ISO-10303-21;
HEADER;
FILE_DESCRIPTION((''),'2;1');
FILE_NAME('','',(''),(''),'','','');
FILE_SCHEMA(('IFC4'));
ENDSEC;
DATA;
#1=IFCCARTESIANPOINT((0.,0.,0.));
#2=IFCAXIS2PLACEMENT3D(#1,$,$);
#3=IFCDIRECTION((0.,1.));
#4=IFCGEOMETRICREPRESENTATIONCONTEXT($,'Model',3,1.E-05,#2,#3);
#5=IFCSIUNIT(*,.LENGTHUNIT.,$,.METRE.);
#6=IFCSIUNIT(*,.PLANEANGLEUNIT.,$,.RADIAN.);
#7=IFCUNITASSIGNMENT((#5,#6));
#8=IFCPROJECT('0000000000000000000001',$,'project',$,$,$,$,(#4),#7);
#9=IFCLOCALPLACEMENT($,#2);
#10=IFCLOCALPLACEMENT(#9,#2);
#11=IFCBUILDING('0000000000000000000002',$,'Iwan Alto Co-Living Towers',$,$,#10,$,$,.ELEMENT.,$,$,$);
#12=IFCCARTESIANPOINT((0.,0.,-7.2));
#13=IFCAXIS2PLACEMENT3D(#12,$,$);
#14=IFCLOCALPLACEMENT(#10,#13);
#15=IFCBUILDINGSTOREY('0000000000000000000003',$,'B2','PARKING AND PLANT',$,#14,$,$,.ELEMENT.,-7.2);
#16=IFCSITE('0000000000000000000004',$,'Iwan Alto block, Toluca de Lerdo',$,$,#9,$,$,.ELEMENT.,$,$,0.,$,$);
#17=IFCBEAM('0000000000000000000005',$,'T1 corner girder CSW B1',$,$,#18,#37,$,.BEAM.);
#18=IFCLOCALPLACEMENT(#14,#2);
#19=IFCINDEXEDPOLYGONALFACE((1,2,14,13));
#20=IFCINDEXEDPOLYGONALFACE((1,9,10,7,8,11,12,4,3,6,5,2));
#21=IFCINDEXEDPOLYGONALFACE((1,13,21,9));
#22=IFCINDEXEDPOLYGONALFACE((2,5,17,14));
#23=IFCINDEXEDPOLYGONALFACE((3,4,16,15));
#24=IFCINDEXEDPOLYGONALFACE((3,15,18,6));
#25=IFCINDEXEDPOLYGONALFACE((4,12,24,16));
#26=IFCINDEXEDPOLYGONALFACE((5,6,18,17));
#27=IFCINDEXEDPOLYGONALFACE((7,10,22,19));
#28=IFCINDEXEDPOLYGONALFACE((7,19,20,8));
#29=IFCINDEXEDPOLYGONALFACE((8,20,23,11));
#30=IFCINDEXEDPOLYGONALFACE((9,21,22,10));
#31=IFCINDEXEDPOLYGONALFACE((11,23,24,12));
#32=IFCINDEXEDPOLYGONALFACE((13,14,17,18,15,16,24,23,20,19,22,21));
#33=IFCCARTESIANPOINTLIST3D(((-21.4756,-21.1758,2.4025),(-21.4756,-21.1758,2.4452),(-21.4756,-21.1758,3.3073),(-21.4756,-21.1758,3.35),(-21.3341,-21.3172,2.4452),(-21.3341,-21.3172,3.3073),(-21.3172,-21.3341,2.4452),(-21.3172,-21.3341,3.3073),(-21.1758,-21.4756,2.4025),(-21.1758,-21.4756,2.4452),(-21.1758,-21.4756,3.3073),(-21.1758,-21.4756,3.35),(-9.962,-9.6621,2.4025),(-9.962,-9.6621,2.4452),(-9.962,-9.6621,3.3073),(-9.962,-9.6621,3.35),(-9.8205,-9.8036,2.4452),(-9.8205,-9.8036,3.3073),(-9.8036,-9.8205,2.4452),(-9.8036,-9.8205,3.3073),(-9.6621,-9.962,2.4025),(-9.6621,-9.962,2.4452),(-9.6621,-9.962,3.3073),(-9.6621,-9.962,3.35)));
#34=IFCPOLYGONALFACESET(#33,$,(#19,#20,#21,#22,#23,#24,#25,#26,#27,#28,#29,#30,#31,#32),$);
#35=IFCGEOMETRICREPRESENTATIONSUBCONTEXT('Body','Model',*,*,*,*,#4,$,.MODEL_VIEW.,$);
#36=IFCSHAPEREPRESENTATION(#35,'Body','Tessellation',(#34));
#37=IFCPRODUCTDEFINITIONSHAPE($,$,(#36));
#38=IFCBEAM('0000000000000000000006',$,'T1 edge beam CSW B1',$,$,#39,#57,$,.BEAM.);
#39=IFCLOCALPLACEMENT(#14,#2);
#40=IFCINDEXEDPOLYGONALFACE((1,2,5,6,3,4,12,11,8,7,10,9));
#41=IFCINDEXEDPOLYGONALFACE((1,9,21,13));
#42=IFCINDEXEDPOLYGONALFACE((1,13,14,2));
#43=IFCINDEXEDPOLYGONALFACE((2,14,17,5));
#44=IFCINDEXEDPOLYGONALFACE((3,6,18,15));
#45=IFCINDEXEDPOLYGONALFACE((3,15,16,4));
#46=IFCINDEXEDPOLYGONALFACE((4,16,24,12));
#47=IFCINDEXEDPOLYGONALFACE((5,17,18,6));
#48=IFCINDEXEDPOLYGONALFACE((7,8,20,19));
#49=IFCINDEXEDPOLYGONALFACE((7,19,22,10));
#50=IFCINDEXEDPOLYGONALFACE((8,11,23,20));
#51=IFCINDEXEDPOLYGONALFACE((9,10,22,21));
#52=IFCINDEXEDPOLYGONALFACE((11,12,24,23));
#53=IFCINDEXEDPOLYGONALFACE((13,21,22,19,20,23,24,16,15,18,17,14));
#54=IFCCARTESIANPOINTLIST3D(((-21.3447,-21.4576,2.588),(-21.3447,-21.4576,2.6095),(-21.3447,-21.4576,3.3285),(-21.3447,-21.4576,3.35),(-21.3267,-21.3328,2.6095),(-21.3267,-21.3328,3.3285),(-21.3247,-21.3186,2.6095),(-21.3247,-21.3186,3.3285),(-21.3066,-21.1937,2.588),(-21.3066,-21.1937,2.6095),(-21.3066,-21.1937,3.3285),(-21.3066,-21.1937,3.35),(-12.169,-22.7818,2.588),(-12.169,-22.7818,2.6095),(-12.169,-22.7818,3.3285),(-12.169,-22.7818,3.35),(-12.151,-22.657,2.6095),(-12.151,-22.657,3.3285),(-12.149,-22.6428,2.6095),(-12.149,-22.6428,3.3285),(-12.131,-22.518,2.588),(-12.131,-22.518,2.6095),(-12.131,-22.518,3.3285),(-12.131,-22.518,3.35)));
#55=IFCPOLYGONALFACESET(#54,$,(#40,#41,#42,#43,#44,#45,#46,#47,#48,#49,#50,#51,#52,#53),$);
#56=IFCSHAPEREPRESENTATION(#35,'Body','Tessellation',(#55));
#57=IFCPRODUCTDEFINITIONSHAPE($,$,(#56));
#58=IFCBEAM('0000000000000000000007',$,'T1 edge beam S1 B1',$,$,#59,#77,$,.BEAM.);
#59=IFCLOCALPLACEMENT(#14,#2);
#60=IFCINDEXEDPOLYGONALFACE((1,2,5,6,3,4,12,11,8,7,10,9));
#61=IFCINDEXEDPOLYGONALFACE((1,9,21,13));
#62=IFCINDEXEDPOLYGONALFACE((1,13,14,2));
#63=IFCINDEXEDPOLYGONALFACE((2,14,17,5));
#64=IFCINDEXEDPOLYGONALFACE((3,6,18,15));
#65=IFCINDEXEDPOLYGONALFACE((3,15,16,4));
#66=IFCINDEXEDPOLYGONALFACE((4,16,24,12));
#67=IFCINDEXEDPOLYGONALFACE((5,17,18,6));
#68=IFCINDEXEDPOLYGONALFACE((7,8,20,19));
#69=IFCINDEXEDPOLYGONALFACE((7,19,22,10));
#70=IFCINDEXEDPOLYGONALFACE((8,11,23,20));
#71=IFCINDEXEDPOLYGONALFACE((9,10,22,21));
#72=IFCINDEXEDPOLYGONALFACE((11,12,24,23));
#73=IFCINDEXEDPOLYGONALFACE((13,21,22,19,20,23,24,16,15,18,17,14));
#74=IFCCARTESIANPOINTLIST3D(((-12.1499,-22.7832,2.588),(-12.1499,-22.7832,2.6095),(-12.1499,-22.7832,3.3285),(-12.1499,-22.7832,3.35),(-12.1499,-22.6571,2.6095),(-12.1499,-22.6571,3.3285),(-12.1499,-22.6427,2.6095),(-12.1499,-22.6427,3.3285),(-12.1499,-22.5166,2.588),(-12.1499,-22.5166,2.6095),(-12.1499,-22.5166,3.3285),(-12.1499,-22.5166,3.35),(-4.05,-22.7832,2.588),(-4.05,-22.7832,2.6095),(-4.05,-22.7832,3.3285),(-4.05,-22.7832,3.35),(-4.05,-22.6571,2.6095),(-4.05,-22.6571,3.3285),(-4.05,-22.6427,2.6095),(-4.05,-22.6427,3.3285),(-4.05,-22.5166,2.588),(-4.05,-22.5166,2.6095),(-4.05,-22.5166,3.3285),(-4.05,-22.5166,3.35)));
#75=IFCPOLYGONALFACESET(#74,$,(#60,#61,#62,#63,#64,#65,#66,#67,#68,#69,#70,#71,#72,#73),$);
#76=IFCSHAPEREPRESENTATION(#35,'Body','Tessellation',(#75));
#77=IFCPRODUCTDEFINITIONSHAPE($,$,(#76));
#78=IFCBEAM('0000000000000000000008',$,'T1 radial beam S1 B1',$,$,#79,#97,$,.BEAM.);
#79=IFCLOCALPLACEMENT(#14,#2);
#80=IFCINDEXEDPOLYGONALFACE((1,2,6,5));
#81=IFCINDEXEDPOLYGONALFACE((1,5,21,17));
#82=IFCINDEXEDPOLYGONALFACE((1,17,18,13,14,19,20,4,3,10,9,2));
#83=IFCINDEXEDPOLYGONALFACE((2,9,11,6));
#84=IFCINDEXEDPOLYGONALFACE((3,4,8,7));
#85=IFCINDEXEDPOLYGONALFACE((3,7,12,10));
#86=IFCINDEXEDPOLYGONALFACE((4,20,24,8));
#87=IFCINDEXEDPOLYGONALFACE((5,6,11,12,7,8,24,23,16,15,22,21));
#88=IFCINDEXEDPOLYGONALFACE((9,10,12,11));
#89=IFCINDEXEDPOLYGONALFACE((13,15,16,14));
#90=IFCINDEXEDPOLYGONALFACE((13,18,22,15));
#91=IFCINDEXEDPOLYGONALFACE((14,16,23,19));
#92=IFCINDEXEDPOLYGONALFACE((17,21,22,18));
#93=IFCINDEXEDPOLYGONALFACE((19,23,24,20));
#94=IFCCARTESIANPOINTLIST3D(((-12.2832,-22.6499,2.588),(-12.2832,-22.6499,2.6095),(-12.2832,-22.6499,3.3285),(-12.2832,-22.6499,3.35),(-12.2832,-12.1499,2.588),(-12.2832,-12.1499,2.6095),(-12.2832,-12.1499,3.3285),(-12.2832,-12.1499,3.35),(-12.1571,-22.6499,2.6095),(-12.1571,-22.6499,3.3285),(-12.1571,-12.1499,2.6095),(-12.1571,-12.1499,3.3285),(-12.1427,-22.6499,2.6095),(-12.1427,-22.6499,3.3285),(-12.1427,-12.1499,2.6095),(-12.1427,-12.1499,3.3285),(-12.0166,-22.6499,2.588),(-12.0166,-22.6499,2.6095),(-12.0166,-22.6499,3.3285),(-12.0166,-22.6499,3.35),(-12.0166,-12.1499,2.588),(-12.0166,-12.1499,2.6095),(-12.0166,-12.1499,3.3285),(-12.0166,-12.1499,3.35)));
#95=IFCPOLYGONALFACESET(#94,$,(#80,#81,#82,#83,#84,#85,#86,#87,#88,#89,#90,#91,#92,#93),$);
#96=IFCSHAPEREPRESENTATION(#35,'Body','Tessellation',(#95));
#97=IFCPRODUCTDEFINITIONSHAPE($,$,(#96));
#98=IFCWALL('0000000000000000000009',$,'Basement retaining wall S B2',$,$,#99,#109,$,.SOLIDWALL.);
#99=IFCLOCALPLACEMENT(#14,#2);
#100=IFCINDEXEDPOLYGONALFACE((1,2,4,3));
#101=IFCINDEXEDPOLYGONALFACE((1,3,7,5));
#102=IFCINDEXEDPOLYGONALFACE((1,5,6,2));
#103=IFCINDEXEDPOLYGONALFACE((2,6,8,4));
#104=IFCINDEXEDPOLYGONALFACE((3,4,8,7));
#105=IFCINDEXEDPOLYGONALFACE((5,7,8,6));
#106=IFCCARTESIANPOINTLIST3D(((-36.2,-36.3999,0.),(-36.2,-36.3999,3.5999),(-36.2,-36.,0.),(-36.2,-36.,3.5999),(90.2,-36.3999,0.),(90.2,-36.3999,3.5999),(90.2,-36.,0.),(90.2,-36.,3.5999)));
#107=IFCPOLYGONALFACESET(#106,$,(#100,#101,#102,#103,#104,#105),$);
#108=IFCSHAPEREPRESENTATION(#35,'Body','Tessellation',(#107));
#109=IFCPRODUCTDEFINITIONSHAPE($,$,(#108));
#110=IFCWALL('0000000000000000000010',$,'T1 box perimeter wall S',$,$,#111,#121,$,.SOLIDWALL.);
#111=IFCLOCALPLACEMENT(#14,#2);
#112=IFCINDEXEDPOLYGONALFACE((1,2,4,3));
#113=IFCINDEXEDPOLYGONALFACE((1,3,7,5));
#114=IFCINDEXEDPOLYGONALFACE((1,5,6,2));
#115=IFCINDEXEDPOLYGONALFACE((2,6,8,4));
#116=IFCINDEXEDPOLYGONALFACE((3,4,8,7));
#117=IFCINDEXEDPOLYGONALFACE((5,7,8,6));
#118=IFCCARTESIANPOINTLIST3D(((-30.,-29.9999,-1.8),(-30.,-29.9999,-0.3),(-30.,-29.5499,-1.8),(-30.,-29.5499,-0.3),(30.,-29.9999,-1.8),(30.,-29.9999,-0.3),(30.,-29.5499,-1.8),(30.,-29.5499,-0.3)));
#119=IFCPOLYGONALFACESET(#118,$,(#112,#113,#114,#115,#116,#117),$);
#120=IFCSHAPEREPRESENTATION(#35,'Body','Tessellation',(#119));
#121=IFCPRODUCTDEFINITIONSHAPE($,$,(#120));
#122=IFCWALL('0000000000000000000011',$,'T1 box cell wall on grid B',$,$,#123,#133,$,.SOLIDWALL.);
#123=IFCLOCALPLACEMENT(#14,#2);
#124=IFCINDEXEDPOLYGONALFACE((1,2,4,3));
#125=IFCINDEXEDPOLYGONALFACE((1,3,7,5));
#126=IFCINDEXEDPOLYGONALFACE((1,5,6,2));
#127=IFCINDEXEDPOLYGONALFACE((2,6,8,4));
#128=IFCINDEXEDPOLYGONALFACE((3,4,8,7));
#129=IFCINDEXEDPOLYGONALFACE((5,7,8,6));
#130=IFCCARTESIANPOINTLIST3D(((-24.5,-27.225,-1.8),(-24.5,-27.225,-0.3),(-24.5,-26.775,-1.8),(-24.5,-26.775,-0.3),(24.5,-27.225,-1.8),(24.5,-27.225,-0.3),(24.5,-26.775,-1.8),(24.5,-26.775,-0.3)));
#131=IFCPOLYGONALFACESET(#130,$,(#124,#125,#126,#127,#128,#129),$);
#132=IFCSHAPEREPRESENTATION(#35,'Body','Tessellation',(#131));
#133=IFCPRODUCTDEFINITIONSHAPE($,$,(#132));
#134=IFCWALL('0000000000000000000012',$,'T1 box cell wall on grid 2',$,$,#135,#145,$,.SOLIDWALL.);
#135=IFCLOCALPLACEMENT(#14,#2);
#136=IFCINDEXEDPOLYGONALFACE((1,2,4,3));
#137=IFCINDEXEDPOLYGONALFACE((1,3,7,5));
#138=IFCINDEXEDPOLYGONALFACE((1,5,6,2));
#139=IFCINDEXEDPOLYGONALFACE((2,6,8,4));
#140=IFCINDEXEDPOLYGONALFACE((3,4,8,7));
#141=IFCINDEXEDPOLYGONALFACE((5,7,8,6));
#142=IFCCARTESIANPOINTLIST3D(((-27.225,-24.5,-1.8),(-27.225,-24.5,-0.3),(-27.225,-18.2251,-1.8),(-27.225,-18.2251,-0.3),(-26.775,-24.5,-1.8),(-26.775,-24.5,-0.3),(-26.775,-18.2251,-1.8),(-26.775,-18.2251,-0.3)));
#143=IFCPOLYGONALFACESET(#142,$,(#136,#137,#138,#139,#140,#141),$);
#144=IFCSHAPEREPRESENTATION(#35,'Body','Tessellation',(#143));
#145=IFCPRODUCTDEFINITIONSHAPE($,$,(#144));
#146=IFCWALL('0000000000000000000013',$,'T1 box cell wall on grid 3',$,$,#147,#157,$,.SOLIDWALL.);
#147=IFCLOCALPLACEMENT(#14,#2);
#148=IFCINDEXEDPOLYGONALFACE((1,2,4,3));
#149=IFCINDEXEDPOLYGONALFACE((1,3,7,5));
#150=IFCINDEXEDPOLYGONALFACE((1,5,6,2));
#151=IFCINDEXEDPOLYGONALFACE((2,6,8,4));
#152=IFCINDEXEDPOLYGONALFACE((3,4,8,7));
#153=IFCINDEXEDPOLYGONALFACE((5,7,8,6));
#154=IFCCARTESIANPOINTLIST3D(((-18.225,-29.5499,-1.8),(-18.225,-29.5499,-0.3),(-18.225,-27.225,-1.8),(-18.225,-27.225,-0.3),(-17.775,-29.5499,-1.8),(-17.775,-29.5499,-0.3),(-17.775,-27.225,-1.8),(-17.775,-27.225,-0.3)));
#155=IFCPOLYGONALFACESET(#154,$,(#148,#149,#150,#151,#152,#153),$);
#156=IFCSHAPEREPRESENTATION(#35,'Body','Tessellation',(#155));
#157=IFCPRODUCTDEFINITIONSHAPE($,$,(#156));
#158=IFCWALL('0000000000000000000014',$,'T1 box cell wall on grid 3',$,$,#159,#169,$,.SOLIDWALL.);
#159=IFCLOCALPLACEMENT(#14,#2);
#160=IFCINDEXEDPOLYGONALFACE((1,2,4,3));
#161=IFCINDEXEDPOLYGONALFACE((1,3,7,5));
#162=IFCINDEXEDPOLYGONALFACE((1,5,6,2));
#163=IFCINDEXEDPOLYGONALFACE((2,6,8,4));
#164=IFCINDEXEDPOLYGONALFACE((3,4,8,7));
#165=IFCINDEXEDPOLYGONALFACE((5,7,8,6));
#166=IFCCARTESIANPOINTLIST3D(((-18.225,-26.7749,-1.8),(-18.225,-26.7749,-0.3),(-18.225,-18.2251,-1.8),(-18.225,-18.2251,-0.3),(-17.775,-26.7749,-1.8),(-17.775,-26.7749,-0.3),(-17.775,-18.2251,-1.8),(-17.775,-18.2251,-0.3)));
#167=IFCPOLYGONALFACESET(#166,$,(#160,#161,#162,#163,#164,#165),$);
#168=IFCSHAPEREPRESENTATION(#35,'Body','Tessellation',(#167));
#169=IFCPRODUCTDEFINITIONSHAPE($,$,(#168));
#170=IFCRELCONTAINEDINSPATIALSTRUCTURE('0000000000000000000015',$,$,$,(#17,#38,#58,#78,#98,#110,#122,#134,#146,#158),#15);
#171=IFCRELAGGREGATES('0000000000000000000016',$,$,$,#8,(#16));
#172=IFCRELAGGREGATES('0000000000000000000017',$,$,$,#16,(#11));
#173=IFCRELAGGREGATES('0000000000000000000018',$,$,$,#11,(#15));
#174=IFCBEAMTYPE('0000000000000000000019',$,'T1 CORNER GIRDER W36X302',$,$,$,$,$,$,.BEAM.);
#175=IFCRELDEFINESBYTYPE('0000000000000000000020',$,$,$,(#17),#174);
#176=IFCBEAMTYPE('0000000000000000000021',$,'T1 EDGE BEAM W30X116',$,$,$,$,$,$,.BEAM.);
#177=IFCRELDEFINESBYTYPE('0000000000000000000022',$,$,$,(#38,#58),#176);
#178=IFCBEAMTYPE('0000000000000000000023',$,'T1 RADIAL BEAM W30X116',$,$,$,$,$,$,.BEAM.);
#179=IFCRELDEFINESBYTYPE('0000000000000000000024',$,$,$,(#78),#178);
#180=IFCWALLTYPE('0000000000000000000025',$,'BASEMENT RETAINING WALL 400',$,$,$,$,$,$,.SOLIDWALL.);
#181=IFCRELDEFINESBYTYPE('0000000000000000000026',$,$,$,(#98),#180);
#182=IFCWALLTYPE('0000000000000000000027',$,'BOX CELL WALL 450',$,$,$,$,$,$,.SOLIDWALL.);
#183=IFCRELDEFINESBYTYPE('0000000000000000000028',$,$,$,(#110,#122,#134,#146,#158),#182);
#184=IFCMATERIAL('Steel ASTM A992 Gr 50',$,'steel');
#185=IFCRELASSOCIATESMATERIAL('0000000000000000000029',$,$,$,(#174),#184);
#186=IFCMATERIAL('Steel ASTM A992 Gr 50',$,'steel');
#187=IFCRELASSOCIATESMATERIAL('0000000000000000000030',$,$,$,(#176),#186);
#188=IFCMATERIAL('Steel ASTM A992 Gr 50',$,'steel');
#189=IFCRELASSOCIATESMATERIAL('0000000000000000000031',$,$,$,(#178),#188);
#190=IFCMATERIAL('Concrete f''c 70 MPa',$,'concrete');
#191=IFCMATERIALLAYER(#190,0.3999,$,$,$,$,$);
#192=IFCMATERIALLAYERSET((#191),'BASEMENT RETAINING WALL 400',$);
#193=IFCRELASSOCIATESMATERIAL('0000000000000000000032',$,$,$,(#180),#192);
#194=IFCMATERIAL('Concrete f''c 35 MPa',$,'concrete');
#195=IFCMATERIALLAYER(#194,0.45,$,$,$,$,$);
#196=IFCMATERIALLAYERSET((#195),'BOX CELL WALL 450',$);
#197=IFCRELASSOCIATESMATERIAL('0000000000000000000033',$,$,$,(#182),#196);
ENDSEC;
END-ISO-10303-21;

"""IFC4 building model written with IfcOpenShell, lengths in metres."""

from ifc_helpers import new_model, si_unit, direction, frame, frame_2d, origin, origin_2d, place, context, subcontext, project, spatial, rectangle, i_section, extrude, material, layer, layer_set, material_profile, profile_set, type_object, element, save


model = new_model("IFC4")

# Units and contexts
model_context = context("Model", 3, precision=1e-05, world=origin(), true_north=direction((0.0, 1.0)))
body_context = subcontext(model_context, "Body", "Model", "MODEL_VIEW")
ifc_project = project(units=[si_unit("LENGTHUNIT", "METRE"), si_unit("PLANEANGLEUNIT", "RADIAN")], contexts=[model_context])

# Site, building, storey
site_placement = place(None, origin())
site = spatial("IfcSite", under=ifc_project, at=site_placement, Name="Iwan Alto block, Toluca de Lerdo", CompositionType="ELEMENT", RefElevation=0.0)
building_placement = place(site_placement, origin())
building = spatial("IfcBuilding", under=site, at=building_placement, Name="Iwan Alto Co-Living Towers", CompositionType="ELEMENT")
storey_placement = place(building_placement, frame((0.0, 0.0, -7.2)))
storey = spatial("IfcBuildingStorey", under=building, at=storey_placement, Name="B2", Description="PARKING AND PLANT", CompositionType="ELEMENT", Elevation=-7.2)

# Beams
ifc_material_1 = material(Name="Steel ASTM A992 Gr 50", Category="steel")
ifc_material_profile_1 = material_profile(ifc_material_1, i_section(OverallWidth=0.4241, OverallDepth=0.9475, WebThickness=0.0239, FlangeThickness=0.0427, at=origin_2d()), Name="W36X302")
ifc_profile_set_1 = profile_set([ifc_material_profile_1], Name="Steel ASTM A992 Gr 50")
beam_type_1 = type_object("IfcBeamType", Name="T1 CORNER GIRDER W36X302", PredefinedType="BEAM", material=ifc_profile_set_1)
beam_1_placement = place(storey_placement, frame((-21.3257, -21.3257, 2.8762), z_axis=(0.707107, 0.707107, 0.0), x_axis=(-0.707107, 0.707107, 0.0)))
element("IfcBeam", 1, at=beam_1_placement, inside=storey, type_object=beam_type_1, Name="T1 corner girder CSW B1", PredefinedType="BEAM", context=body_context, shape_type="SweptSolid", body=[
    extrude(i_section(OverallWidth=0.4241, OverallDepth=0.9475, WebThickness=0.0239, FlangeThickness=0.0427, at=origin_2d()), origin(), (0.0, 0.0, 1.0), 16.2827),
])
ifc_material_2 = material(Name="Steel ASTM A992 Gr 50", Category="steel")
ifc_material_profile_2 = material_profile(ifc_material_2, i_section(OverallWidth=0.2666, OverallDepth=0.762, WebThickness=0.0144, FlangeThickness=0.0215, at=origin_2d()), Name="W30X116")
ifc_profile_set_2 = profile_set([ifc_material_profile_2], Name="Steel ASTM A992 Gr 50")
beam_type_2 = type_object("IfcBeamType", Name="T1 EDGE BEAM W30X116", PredefinedType="BEAM", material=ifc_profile_set_2)
beam_2_placement = place(storey_placement, frame((-21.3257, -21.3257, 2.969), z_axis=(0.989746, -0.142837, 0.0), x_axis=(0.142837, 0.989746, 0.0)))
element("IfcBeam", 2, at=beam_2_placement, inside=storey, type_object=beam_type_2, Name="T1 edge beam CSW B1", PredefinedType="BEAM", context=body_context, shape_type="SweptSolid", body=[
    extrude(i_section(OverallWidth=0.2666, OverallDepth=0.762, WebThickness=0.0144, FlangeThickness=0.0215, at=origin_2d()), origin(), (0.0, 0.0, 1.0), 9.2708),
])
beam_3_placement = place(storey_placement, frame((-12.1499, -22.6499, 2.969), z_axis=(1.0, 0.0, 0.0), x_axis=(0.0, 1.0, 0.0)))
element("IfcBeam", 3, at=beam_3_placement, inside=storey, type_object=beam_type_2, Name="T1 edge beam S1 B1", PredefinedType="BEAM", context=body_context, shape_type="SweptSolid", body=[
    extrude(i_section(OverallWidth=0.2666, OverallDepth=0.762, WebThickness=0.0144, FlangeThickness=0.0215, at=origin_2d()), origin(), (0.0, 0.0, 1.0), 8.0999),
])
ifc_material_3 = material(Name="Steel ASTM A992 Gr 50", Category="steel")
ifc_material_profile_3 = material_profile(ifc_material_3, i_section(OverallWidth=0.2666, OverallDepth=0.762, WebThickness=0.0144, FlangeThickness=0.0215, at=origin_2d()), Name="W30X116")
ifc_profile_set_3 = profile_set([ifc_material_profile_3], Name="Steel ASTM A992 Gr 50")
beam_type_3 = type_object("IfcBeamType", Name="T1 RADIAL BEAM W30X116", PredefinedType="BEAM", material=ifc_profile_set_3)
beam_4_placement = place(storey_placement, frame((-12.1499, -22.6499, 2.969), z_axis=(0.0, 1.0, 0.0), x_axis=(-1.0, 0.0, 0.0)))
element("IfcBeam", 4, at=beam_4_placement, inside=storey, type_object=beam_type_3, Name="T1 radial beam S1 B1", PredefinedType="BEAM", context=body_context, shape_type="SweptSolid", body=[
    extrude(i_section(OverallWidth=0.2666, OverallDepth=0.762, WebThickness=0.0144, FlangeThickness=0.0215, at=origin_2d()), origin(), (0.0, 0.0, 1.0), 10.5),
])

# Walls
ifc_material_4 = material(Name="Concrete f'c 70 MPa", Category="concrete")
ifc_layer_1 = layer(ifc_material_4, 0.3999)
ifc_layer_set_1 = layer_set([ifc_layer_1], Name="BASEMENT RETAINING WALL 400")
wall_type_1 = type_object("IfcWallType", Name="BASEMENT RETAINING WALL 400", PredefinedType="SOLIDWALL", material=ifc_layer_set_1)
wall_1_placement = place(storey_placement, frame((-36.2, -36.2, 0.0), z_axis=(0.0, 0.0, 1.0), x_axis=(1.0, 0.0, 0.0)))
element("IfcWall", 5, at=wall_1_placement, inside=storey, type_object=wall_type_1, Name="Basement retaining wall S B2", PredefinedType="SOLIDWALL", context=body_context, shape_type="SweptSolid", body=[
    extrude(rectangle(XDim=126.3999, YDim=0.3999, at=frame_2d((63.2, 0.0))), origin(), (0.0, 0.0, 1.0), 3.5999),
])
ifc_material_5 = material(Name="Concrete f'c 35 MPa", Category="concrete")
ifc_layer_2 = layer(ifc_material_5, 0.45)
ifc_layer_set_2 = layer_set([ifc_layer_2], Name="BOX CELL WALL 450")
wall_type_2 = type_object("IfcWallType", Name="BOX CELL WALL 450", PredefinedType="SOLIDWALL", material=ifc_layer_set_2)
wall_2_placement = place(storey_placement, frame((-30.0, -29.7749, -1.8), z_axis=(0.0, 0.0, 1.0), x_axis=(1.0, 0.0, 0.0)))
element("IfcWall", 6, at=wall_2_placement, inside=storey, type_object=wall_type_2, Name="T1 box perimeter wall S", PredefinedType="SOLIDWALL", context=body_context, shape_type="SweptSolid", body=[
    extrude(rectangle(XDim=60.0, YDim=0.45, at=frame_2d((30.0, 0.0))), origin(), (0.0, 0.0, 1.0), 1.5),
])
wall_3_placement = place(storey_placement, frame((-24.5, -27.0, -1.8), z_axis=(0.0, 0.0, 1.0), x_axis=(1.0, 0.0, 0.0)))
element("IfcWall", 7, at=wall_3_placement, inside=storey, type_object=wall_type_2, Name="T1 box cell wall on grid B", PredefinedType="SOLIDWALL", context=body_context, shape_type="SweptSolid", body=[
    extrude(rectangle(XDim=49.0, YDim=0.45, at=frame_2d((24.5, 0.0))), origin(), (0.0, 0.0, 1.0), 1.5),
])
wall_4_placement = place(storey_placement, frame((-27.0, -24.5, -1.8), z_axis=(0.0, 0.0, 1.0), x_axis=(0.0, 1.0, 0.0)))
element("IfcWall", 8, at=wall_4_placement, inside=storey, type_object=wall_type_2, Name="T1 box cell wall on grid 2", PredefinedType="SOLIDWALL", context=body_context, shape_type="SweptSolid", body=[
    extrude(rectangle(XDim=6.2749, YDim=0.45, at=frame_2d((3.1375, 0.0))), origin(), (0.0, 0.0, 1.0), 1.5),
])
wall_5_placement = place(storey_placement, frame((-18.0, -29.55, -1.8), z_axis=(0.0, 0.0, 1.0), x_axis=(0.0, 1.0, 0.0)))
element("IfcWall", 9, at=wall_5_placement, inside=storey, type_object=wall_type_2, Name="T1 box cell wall on grid 3", PredefinedType="SOLIDWALL", context=body_context, shape_type="SweptSolid", body=[
    extrude(rectangle(XDim=2.325, YDim=0.45, at=frame_2d((1.1626, 0.0))), origin(), (0.0, 0.0, 1.0), 1.5),
])
wall_6_placement = place(storey_placement, frame((-18.0, -26.7749, -1.8), z_axis=(0.0, 0.0, 1.0), x_axis=(0.0, 1.0, 0.0)))
element("IfcWall", 10, at=wall_6_placement, inside=storey, type_object=wall_type_2, Name="T1 box cell wall on grid 3", PredefinedType="SOLIDWALL", context=body_context, shape_type="SweptSolid", body=[
    extrude(rectangle(XDim=8.5498, YDim=0.45, at=frame_2d((4.2749, 0.0))), origin(), (0.0, 0.0, 1.0), 1.5),
])

save(model, "model.ifc")
